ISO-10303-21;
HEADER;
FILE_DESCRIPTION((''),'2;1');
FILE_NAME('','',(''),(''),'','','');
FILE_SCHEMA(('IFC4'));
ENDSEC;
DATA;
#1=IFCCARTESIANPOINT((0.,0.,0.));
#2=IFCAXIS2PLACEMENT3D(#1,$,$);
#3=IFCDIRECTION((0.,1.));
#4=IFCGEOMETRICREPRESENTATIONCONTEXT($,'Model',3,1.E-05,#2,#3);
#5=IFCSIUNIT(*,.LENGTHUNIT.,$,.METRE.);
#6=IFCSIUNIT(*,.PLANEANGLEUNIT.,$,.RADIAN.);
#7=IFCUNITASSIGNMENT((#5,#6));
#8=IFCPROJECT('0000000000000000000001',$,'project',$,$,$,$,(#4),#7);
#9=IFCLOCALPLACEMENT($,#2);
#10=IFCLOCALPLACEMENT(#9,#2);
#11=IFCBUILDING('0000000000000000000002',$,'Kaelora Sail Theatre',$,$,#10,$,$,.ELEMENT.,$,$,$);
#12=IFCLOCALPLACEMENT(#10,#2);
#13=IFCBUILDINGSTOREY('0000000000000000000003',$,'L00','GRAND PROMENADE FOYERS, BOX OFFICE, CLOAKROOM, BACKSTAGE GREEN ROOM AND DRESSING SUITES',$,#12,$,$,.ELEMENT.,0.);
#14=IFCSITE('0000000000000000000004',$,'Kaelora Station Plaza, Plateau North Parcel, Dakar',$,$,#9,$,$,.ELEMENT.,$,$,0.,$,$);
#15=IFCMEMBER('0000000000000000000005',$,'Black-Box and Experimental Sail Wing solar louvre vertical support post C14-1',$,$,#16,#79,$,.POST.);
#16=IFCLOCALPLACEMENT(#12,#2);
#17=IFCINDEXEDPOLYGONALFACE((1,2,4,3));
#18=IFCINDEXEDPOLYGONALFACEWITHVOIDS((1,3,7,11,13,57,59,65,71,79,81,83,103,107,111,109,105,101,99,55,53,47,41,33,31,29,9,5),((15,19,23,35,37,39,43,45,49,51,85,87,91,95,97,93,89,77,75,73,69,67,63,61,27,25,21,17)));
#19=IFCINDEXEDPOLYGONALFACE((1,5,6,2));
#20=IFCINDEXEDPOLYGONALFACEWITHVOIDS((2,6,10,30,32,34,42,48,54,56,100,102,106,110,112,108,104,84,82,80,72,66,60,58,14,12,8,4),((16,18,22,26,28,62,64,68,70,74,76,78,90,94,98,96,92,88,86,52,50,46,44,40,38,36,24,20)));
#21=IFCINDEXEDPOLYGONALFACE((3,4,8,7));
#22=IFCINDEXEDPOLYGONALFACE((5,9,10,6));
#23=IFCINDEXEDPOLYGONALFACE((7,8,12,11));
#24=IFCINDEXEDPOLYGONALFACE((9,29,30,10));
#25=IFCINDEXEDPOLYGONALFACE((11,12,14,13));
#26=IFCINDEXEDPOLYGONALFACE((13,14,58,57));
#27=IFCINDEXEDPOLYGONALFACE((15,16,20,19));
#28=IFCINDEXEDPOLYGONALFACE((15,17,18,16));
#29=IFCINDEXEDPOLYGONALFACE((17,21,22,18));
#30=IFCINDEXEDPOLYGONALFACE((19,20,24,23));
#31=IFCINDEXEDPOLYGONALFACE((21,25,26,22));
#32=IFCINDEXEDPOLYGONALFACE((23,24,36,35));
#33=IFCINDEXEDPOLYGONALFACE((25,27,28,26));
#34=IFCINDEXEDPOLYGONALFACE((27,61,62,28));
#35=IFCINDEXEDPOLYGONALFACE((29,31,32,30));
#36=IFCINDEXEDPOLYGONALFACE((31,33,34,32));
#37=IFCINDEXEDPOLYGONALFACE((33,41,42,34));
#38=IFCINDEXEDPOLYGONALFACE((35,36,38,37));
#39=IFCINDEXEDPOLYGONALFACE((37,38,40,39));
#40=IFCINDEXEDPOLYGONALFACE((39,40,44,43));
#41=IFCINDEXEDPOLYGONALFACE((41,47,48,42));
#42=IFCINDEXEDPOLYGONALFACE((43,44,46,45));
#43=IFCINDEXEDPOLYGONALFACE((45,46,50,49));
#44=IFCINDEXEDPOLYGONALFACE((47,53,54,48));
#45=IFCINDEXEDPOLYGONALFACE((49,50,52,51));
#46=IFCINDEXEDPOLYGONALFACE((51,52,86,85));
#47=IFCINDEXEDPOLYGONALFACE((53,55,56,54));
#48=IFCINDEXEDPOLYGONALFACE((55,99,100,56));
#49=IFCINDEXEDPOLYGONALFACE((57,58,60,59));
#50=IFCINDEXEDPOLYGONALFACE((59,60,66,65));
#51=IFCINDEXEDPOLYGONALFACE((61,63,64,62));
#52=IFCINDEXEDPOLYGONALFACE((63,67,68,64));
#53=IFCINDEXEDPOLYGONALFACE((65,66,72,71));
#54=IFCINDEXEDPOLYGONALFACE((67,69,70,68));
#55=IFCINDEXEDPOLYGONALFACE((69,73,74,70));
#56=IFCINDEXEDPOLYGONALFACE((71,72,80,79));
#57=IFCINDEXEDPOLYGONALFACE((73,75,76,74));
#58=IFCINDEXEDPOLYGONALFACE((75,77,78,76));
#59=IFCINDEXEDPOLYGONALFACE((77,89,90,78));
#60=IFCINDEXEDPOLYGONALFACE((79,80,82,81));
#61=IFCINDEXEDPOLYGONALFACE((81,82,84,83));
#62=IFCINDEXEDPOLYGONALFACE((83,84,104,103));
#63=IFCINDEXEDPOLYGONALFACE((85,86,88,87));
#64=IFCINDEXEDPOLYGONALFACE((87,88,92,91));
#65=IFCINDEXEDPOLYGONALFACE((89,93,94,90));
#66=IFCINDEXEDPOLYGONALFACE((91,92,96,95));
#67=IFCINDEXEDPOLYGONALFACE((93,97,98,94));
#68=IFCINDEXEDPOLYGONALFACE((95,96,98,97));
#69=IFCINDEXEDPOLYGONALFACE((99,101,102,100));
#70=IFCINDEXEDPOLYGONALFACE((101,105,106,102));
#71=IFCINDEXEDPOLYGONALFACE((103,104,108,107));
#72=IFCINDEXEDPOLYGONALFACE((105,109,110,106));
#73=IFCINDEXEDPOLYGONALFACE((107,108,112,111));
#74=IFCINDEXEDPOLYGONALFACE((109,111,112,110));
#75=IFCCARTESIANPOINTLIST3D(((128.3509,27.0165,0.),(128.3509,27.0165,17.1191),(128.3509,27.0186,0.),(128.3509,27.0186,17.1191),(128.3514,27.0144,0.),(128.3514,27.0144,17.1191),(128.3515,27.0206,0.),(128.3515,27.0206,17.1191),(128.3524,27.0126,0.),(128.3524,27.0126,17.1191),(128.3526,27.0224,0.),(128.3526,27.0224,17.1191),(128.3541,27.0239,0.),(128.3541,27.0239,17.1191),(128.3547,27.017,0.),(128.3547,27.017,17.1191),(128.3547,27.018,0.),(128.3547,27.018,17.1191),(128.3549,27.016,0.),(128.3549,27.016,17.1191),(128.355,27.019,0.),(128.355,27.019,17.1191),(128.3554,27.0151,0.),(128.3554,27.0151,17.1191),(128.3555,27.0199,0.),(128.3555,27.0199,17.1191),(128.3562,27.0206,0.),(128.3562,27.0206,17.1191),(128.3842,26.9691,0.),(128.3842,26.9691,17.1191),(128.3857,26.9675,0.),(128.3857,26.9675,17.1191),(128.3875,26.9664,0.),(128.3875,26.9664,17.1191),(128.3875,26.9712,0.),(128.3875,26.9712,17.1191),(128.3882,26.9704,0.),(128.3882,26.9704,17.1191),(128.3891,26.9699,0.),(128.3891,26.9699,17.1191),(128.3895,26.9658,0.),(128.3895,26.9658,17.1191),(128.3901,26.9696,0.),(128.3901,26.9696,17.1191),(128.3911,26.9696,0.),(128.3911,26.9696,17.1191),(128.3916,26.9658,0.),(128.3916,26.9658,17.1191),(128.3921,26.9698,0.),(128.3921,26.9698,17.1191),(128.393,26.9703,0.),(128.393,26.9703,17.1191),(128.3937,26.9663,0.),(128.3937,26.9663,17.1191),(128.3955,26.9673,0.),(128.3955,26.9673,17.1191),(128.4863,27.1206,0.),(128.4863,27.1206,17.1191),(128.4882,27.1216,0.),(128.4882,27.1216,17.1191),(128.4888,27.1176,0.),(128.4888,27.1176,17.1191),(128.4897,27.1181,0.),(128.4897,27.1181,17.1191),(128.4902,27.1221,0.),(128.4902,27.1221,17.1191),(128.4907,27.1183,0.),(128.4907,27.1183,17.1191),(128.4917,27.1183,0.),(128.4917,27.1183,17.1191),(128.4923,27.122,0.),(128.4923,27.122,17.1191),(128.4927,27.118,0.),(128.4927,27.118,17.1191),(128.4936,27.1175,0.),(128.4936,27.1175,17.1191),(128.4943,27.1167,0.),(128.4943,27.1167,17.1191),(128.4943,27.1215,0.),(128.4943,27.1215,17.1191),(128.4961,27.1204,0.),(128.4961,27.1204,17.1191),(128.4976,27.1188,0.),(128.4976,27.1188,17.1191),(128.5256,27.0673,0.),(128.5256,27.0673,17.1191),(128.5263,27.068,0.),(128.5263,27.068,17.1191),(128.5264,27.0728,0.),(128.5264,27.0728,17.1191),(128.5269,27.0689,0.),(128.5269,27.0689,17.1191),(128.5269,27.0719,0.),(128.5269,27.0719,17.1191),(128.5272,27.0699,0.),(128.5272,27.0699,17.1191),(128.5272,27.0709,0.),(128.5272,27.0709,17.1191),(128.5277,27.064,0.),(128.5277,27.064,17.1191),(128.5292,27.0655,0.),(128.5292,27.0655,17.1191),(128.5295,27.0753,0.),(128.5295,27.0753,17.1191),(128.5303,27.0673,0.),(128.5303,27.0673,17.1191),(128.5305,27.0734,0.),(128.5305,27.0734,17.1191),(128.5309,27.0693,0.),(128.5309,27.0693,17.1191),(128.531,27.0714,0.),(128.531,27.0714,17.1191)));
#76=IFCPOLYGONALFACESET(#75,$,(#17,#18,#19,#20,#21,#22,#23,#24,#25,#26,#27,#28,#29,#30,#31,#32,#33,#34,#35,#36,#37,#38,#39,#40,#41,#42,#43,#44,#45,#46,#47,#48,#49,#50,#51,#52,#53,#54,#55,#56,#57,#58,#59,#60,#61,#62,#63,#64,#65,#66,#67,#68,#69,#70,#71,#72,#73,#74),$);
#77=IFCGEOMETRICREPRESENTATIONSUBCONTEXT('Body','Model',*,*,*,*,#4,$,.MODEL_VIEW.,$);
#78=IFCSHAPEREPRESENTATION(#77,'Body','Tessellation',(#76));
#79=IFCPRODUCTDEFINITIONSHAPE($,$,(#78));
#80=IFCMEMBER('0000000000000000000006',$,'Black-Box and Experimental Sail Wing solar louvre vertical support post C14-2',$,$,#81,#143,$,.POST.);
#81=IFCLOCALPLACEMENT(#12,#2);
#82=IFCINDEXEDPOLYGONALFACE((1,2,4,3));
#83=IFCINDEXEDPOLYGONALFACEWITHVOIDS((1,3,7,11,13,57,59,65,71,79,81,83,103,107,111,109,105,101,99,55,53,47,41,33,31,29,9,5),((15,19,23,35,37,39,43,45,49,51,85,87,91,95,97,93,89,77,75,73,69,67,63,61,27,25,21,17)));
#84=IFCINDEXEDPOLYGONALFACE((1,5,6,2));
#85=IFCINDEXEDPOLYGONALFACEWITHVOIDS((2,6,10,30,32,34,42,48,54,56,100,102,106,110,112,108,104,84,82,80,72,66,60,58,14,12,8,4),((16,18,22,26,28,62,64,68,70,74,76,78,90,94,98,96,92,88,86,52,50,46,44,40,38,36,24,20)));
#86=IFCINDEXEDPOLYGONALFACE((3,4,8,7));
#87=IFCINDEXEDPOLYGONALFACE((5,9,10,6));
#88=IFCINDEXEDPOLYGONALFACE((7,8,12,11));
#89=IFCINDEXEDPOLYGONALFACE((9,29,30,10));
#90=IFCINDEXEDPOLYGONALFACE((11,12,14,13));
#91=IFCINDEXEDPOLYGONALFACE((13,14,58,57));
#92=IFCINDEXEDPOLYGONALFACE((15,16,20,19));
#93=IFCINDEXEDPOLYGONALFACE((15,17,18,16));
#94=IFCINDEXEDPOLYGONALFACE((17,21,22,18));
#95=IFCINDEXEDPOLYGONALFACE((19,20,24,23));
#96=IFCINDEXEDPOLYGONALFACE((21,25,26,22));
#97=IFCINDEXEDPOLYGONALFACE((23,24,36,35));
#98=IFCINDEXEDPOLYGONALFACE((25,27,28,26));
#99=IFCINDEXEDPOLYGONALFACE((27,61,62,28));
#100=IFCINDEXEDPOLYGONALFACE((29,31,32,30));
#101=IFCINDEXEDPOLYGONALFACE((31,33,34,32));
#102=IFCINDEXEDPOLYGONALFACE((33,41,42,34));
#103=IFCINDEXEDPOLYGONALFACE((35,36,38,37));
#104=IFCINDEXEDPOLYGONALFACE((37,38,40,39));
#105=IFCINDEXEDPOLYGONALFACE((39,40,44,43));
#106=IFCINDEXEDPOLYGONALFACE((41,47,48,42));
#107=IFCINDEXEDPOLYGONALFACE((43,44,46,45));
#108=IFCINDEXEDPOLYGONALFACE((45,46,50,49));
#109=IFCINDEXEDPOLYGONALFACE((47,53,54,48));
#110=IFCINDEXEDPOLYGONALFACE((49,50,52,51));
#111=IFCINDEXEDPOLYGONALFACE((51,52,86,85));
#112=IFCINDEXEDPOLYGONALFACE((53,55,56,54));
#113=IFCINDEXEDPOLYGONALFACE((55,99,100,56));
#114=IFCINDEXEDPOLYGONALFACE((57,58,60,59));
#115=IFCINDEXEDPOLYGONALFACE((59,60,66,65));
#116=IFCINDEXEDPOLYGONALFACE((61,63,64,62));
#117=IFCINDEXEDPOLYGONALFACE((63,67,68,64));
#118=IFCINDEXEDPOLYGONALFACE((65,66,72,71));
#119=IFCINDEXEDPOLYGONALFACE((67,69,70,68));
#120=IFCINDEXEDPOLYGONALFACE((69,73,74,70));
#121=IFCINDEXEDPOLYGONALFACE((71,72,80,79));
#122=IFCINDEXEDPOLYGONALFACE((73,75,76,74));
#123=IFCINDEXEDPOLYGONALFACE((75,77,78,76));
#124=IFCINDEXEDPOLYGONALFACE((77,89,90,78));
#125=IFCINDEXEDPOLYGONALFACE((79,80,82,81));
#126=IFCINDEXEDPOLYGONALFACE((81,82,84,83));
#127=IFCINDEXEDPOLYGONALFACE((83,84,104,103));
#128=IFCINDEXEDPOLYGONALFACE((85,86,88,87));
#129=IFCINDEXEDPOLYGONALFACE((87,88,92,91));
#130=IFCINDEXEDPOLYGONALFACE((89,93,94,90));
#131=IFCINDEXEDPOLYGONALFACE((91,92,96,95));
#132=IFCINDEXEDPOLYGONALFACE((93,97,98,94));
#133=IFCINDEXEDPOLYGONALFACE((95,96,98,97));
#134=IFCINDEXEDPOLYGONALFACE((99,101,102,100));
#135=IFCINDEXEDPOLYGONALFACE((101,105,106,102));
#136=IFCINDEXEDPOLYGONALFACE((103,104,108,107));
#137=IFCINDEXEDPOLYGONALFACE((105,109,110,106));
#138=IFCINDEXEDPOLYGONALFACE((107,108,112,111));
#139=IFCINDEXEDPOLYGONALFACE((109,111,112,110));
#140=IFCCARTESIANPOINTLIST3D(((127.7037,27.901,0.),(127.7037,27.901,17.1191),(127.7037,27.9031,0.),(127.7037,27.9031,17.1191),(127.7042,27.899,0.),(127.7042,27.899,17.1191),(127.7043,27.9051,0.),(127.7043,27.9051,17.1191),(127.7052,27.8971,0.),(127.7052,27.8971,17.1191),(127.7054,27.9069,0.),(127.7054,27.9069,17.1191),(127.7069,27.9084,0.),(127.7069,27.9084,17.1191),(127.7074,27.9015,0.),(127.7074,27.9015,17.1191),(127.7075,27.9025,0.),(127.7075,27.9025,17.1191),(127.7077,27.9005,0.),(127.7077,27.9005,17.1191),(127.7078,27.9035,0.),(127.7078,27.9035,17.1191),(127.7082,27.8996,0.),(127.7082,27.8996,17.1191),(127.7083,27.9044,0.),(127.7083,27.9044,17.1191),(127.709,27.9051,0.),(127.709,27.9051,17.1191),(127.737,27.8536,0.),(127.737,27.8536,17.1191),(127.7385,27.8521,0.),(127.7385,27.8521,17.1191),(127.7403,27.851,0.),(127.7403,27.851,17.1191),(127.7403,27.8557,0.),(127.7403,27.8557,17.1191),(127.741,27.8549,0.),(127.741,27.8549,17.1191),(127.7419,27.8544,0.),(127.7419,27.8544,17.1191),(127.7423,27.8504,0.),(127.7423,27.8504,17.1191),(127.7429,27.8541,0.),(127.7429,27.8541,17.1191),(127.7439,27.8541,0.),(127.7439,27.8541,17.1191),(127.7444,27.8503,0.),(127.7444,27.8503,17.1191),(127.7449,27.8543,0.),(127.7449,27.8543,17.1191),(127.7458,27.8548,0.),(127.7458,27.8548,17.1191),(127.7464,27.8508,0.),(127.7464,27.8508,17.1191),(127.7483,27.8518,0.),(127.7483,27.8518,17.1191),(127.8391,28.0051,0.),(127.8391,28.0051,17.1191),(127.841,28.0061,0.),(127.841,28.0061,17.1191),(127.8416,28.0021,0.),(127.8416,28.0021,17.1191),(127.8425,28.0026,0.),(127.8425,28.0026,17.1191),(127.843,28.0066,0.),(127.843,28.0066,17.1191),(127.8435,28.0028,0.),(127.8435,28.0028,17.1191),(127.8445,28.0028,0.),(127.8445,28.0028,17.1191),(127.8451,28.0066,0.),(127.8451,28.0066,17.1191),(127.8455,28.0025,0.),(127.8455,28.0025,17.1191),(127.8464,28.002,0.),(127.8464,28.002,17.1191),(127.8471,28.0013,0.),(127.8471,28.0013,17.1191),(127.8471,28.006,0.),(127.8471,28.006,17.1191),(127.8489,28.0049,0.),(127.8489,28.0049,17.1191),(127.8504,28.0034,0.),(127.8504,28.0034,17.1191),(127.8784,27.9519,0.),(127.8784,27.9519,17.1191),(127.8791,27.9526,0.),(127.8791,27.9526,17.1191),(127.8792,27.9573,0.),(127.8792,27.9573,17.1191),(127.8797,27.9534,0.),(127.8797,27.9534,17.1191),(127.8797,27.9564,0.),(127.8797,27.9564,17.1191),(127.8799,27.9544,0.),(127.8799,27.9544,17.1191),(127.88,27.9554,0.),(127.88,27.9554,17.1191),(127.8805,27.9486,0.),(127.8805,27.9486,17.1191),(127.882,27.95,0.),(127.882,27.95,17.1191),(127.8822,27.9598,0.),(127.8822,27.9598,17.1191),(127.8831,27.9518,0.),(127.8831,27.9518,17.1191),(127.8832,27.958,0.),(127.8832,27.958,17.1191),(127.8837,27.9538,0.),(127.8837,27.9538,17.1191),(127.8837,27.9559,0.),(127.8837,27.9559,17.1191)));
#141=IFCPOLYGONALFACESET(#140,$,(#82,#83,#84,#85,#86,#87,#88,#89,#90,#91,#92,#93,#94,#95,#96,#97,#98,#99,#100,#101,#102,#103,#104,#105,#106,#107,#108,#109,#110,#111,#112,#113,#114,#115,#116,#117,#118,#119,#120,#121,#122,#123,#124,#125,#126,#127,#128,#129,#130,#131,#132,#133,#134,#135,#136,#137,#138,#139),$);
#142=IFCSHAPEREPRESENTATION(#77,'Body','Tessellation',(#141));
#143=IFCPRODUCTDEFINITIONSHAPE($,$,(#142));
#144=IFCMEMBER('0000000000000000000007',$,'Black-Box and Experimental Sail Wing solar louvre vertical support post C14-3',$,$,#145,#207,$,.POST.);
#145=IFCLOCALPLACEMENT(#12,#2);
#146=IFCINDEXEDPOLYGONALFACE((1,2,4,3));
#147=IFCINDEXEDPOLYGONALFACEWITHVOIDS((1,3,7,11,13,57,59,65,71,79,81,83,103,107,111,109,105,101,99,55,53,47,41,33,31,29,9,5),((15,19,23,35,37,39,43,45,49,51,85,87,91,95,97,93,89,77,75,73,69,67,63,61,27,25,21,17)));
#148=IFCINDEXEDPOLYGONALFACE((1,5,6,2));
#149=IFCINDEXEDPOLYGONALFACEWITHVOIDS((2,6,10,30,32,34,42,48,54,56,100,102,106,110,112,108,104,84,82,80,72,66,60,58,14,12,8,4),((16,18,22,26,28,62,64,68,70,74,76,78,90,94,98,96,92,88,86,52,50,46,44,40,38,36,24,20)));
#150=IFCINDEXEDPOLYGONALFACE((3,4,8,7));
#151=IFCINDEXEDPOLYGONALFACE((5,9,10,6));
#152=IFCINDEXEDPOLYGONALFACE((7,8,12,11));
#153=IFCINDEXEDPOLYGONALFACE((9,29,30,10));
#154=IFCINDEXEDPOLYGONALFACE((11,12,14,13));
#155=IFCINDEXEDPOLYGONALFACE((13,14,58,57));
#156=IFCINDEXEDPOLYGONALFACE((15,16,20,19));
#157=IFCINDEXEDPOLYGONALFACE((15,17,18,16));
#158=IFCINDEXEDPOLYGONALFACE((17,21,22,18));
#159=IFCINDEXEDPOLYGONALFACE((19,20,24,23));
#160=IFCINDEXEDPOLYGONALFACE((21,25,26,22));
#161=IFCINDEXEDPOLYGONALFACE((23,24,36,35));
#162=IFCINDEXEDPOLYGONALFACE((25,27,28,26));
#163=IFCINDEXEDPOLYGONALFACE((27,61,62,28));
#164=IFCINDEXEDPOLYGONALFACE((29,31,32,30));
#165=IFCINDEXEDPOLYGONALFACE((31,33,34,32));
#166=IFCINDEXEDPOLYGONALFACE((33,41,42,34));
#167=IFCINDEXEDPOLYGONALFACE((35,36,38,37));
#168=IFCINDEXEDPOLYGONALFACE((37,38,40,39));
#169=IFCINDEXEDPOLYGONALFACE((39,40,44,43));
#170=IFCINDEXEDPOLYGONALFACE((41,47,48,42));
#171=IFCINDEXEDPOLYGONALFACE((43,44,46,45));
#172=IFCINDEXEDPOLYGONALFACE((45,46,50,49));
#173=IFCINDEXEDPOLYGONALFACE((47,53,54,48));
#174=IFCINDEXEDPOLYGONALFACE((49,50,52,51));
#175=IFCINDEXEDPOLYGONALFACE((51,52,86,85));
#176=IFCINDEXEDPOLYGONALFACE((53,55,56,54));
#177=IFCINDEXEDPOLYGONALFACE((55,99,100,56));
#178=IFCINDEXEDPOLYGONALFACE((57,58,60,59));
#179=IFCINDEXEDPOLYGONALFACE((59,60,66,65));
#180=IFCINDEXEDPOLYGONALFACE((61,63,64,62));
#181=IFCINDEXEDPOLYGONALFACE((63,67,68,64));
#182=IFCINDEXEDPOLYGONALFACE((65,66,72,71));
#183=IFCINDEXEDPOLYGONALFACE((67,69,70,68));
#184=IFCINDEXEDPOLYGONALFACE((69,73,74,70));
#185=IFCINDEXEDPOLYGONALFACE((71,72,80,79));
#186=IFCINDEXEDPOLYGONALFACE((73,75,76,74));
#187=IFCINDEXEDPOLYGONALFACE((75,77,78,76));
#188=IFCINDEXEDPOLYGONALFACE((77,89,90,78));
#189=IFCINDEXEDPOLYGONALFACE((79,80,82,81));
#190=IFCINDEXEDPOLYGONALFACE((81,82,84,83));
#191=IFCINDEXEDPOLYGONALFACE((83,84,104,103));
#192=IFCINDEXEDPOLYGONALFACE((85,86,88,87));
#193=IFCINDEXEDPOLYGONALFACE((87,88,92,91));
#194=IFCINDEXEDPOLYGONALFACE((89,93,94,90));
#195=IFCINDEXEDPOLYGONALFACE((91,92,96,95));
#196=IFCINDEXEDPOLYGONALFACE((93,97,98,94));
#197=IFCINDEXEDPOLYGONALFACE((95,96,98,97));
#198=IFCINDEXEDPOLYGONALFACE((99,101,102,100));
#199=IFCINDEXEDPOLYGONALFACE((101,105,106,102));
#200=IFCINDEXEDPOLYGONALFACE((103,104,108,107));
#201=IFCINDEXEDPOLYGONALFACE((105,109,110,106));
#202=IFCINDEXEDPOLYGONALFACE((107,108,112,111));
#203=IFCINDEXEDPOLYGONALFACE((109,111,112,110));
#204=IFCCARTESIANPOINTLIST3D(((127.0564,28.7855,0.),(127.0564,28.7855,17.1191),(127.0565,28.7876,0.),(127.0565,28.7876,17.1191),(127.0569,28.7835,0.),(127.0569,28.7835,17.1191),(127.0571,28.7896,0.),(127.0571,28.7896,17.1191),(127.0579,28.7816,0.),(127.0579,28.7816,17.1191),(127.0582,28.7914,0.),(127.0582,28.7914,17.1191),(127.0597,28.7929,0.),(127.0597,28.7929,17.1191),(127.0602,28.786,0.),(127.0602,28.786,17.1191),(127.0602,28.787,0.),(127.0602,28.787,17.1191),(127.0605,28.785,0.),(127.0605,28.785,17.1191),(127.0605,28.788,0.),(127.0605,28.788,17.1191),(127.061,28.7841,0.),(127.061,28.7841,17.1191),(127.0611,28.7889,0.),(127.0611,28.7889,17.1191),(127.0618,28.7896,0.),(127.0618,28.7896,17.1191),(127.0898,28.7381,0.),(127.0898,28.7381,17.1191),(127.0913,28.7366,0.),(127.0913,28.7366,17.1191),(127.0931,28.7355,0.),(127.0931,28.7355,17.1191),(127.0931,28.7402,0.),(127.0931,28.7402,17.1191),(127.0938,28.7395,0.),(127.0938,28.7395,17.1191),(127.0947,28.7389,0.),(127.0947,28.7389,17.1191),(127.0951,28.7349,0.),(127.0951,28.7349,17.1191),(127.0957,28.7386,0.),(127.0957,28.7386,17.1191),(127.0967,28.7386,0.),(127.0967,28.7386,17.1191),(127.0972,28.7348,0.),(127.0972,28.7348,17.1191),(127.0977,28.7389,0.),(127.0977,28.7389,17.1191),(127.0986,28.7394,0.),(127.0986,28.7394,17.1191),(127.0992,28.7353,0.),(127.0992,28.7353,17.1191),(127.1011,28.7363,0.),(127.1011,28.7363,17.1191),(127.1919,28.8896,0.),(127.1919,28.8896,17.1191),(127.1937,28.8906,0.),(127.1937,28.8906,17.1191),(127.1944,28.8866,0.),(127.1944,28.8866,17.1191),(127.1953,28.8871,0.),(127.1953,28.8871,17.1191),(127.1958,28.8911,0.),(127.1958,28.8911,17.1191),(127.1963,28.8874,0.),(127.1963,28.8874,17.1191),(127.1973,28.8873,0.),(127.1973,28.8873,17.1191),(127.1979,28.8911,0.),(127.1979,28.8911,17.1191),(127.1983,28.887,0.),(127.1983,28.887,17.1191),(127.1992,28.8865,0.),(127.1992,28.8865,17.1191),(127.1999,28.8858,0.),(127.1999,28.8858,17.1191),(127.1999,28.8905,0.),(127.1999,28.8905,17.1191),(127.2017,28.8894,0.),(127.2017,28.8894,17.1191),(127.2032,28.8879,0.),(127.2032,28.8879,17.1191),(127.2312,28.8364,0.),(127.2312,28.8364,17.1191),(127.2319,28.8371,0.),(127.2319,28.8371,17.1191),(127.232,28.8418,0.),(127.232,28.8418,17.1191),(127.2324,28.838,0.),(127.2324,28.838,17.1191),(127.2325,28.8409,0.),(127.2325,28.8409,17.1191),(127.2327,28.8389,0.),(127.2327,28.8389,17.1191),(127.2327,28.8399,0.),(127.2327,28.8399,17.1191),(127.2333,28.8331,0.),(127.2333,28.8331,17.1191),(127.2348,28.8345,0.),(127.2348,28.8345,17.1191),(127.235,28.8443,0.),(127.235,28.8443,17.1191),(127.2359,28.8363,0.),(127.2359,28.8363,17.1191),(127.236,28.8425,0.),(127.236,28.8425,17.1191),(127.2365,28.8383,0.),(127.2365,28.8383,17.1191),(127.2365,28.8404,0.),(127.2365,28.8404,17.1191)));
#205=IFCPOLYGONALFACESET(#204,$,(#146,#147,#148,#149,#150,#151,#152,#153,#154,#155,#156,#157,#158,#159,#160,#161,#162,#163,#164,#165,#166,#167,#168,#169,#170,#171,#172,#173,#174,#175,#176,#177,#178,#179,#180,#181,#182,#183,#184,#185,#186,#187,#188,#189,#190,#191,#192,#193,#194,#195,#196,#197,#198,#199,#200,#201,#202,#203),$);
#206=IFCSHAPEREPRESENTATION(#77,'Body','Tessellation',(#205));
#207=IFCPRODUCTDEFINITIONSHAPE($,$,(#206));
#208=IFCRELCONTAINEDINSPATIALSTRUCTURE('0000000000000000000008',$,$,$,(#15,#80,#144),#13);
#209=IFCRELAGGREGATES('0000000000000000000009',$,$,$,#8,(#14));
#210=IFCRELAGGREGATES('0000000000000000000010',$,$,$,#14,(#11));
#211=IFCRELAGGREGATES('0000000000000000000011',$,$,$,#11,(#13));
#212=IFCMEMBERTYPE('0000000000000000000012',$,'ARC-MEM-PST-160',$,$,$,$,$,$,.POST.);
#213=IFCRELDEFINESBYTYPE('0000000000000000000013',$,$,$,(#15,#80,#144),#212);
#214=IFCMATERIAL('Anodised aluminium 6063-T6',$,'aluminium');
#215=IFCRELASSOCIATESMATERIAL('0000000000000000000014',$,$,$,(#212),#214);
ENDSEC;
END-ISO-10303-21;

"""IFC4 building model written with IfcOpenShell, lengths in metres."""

from ifc_helpers import new_model, si_unit, direction, frame, origin, origin_2d, place, context, subcontext, project, spatial, hollow_rectangle, extrude, material, material_profile, profile_set, type_object, element, save


model = new_model("IFC4")

# Units and contexts
model_context = context("Model", 3, precision=1e-05, world=origin(), true_north=direction((0.0, 1.0)))
body_context = subcontext(model_context, "Body", "Model", "MODEL_VIEW")
ifc_project = project(units=[si_unit("LENGTHUNIT", "METRE"), si_unit("PLANEANGLEUNIT", "RADIAN")], contexts=[model_context])

# Site, building, storey
site_placement = place(None, origin())
site = spatial("IfcSite", under=ifc_project, at=site_placement, Name="Kaelora Station Plaza, Plateau North Parcel, Dakar", CompositionType="ELEMENT", RefElevation=0.0)
building_placement = place(site_placement, origin())
building = spatial("IfcBuilding", under=site, at=building_placement, Name="Kaelora Sail Theatre", CompositionType="ELEMENT")
storey_placement = place(building_placement, origin())
storey = spatial("IfcBuildingStorey", under=building, at=storey_placement, Name="L00", Description="GRAND PROMENADE FOYERS, BOX OFFICE, CLOAKROOM, BACKSTAGE GREEN ROOM AND DRESSING SUITES", CompositionType="ELEMENT", Elevation=0.0)

# Members
ifc_material_1 = material(Name="Anodised aluminium 6063-T6", Category="aluminium")
ifc_material_profile_1 = material_profile(ifc_material_1, hollow_rectangle(XDim=0.0701, YDim=0.1799, WallThickness=0.0039, InnerFilletRadius=0.0039, OuterFilletRadius=0.0081, at=origin_2d()), Name="ALU-MULL 70x180x4")
ifc_profile_set_1 = profile_set([ifc_material_profile_1], Name="Anodised aluminium 6063-T6")
member_type_1 = type_object("IfcMemberType", Name="ARC-MEM-PST-160", PredefinedType="POST", material=ifc_profile_set_1)
for number, where, z_axis, x_axis, name in (
    (1, (128.4409, 27.0439, 0.0), (0.0, 0.0, 1.0), (-0.590465, 0.807063, 0.0), "Black-Box and Experimental Sail Wing solar louvre vertical support post C14-1"),
    (2, (127.7937, 27.9285, 0.0), (0.0, 0.0, 1.0), (-0.590465, 0.807063, 0.0), "Black-Box and Experimental Sail Wing solar louvre vertical support post C14-2"),
    (3, (127.1465, 28.813, 0.0), (0.0, 0.0, 1.0), (-0.590465, 0.807063, 0.0), "Black-Box and Experimental Sail Wing solar louvre vertical support post C14-3"),
):
    element("IfcMember", number, at=place(storey_placement, frame(where, z_axis=z_axis, x_axis=x_axis)), inside=storey, type_object=member_type_1, Name=name, PredefinedType="POST", context=body_context, shape_type="SweptSolid", body=[
        extrude(hollow_rectangle(XDim=0.0701, YDim=0.1799, WallThickness=0.0039, InnerFilletRadius=0.0039, OuterFilletRadius=0.0081, at=origin_2d()), origin(), (0.0, 0.0, 1.0), 17.1191),
    ])

save(model, "model.ifc")
